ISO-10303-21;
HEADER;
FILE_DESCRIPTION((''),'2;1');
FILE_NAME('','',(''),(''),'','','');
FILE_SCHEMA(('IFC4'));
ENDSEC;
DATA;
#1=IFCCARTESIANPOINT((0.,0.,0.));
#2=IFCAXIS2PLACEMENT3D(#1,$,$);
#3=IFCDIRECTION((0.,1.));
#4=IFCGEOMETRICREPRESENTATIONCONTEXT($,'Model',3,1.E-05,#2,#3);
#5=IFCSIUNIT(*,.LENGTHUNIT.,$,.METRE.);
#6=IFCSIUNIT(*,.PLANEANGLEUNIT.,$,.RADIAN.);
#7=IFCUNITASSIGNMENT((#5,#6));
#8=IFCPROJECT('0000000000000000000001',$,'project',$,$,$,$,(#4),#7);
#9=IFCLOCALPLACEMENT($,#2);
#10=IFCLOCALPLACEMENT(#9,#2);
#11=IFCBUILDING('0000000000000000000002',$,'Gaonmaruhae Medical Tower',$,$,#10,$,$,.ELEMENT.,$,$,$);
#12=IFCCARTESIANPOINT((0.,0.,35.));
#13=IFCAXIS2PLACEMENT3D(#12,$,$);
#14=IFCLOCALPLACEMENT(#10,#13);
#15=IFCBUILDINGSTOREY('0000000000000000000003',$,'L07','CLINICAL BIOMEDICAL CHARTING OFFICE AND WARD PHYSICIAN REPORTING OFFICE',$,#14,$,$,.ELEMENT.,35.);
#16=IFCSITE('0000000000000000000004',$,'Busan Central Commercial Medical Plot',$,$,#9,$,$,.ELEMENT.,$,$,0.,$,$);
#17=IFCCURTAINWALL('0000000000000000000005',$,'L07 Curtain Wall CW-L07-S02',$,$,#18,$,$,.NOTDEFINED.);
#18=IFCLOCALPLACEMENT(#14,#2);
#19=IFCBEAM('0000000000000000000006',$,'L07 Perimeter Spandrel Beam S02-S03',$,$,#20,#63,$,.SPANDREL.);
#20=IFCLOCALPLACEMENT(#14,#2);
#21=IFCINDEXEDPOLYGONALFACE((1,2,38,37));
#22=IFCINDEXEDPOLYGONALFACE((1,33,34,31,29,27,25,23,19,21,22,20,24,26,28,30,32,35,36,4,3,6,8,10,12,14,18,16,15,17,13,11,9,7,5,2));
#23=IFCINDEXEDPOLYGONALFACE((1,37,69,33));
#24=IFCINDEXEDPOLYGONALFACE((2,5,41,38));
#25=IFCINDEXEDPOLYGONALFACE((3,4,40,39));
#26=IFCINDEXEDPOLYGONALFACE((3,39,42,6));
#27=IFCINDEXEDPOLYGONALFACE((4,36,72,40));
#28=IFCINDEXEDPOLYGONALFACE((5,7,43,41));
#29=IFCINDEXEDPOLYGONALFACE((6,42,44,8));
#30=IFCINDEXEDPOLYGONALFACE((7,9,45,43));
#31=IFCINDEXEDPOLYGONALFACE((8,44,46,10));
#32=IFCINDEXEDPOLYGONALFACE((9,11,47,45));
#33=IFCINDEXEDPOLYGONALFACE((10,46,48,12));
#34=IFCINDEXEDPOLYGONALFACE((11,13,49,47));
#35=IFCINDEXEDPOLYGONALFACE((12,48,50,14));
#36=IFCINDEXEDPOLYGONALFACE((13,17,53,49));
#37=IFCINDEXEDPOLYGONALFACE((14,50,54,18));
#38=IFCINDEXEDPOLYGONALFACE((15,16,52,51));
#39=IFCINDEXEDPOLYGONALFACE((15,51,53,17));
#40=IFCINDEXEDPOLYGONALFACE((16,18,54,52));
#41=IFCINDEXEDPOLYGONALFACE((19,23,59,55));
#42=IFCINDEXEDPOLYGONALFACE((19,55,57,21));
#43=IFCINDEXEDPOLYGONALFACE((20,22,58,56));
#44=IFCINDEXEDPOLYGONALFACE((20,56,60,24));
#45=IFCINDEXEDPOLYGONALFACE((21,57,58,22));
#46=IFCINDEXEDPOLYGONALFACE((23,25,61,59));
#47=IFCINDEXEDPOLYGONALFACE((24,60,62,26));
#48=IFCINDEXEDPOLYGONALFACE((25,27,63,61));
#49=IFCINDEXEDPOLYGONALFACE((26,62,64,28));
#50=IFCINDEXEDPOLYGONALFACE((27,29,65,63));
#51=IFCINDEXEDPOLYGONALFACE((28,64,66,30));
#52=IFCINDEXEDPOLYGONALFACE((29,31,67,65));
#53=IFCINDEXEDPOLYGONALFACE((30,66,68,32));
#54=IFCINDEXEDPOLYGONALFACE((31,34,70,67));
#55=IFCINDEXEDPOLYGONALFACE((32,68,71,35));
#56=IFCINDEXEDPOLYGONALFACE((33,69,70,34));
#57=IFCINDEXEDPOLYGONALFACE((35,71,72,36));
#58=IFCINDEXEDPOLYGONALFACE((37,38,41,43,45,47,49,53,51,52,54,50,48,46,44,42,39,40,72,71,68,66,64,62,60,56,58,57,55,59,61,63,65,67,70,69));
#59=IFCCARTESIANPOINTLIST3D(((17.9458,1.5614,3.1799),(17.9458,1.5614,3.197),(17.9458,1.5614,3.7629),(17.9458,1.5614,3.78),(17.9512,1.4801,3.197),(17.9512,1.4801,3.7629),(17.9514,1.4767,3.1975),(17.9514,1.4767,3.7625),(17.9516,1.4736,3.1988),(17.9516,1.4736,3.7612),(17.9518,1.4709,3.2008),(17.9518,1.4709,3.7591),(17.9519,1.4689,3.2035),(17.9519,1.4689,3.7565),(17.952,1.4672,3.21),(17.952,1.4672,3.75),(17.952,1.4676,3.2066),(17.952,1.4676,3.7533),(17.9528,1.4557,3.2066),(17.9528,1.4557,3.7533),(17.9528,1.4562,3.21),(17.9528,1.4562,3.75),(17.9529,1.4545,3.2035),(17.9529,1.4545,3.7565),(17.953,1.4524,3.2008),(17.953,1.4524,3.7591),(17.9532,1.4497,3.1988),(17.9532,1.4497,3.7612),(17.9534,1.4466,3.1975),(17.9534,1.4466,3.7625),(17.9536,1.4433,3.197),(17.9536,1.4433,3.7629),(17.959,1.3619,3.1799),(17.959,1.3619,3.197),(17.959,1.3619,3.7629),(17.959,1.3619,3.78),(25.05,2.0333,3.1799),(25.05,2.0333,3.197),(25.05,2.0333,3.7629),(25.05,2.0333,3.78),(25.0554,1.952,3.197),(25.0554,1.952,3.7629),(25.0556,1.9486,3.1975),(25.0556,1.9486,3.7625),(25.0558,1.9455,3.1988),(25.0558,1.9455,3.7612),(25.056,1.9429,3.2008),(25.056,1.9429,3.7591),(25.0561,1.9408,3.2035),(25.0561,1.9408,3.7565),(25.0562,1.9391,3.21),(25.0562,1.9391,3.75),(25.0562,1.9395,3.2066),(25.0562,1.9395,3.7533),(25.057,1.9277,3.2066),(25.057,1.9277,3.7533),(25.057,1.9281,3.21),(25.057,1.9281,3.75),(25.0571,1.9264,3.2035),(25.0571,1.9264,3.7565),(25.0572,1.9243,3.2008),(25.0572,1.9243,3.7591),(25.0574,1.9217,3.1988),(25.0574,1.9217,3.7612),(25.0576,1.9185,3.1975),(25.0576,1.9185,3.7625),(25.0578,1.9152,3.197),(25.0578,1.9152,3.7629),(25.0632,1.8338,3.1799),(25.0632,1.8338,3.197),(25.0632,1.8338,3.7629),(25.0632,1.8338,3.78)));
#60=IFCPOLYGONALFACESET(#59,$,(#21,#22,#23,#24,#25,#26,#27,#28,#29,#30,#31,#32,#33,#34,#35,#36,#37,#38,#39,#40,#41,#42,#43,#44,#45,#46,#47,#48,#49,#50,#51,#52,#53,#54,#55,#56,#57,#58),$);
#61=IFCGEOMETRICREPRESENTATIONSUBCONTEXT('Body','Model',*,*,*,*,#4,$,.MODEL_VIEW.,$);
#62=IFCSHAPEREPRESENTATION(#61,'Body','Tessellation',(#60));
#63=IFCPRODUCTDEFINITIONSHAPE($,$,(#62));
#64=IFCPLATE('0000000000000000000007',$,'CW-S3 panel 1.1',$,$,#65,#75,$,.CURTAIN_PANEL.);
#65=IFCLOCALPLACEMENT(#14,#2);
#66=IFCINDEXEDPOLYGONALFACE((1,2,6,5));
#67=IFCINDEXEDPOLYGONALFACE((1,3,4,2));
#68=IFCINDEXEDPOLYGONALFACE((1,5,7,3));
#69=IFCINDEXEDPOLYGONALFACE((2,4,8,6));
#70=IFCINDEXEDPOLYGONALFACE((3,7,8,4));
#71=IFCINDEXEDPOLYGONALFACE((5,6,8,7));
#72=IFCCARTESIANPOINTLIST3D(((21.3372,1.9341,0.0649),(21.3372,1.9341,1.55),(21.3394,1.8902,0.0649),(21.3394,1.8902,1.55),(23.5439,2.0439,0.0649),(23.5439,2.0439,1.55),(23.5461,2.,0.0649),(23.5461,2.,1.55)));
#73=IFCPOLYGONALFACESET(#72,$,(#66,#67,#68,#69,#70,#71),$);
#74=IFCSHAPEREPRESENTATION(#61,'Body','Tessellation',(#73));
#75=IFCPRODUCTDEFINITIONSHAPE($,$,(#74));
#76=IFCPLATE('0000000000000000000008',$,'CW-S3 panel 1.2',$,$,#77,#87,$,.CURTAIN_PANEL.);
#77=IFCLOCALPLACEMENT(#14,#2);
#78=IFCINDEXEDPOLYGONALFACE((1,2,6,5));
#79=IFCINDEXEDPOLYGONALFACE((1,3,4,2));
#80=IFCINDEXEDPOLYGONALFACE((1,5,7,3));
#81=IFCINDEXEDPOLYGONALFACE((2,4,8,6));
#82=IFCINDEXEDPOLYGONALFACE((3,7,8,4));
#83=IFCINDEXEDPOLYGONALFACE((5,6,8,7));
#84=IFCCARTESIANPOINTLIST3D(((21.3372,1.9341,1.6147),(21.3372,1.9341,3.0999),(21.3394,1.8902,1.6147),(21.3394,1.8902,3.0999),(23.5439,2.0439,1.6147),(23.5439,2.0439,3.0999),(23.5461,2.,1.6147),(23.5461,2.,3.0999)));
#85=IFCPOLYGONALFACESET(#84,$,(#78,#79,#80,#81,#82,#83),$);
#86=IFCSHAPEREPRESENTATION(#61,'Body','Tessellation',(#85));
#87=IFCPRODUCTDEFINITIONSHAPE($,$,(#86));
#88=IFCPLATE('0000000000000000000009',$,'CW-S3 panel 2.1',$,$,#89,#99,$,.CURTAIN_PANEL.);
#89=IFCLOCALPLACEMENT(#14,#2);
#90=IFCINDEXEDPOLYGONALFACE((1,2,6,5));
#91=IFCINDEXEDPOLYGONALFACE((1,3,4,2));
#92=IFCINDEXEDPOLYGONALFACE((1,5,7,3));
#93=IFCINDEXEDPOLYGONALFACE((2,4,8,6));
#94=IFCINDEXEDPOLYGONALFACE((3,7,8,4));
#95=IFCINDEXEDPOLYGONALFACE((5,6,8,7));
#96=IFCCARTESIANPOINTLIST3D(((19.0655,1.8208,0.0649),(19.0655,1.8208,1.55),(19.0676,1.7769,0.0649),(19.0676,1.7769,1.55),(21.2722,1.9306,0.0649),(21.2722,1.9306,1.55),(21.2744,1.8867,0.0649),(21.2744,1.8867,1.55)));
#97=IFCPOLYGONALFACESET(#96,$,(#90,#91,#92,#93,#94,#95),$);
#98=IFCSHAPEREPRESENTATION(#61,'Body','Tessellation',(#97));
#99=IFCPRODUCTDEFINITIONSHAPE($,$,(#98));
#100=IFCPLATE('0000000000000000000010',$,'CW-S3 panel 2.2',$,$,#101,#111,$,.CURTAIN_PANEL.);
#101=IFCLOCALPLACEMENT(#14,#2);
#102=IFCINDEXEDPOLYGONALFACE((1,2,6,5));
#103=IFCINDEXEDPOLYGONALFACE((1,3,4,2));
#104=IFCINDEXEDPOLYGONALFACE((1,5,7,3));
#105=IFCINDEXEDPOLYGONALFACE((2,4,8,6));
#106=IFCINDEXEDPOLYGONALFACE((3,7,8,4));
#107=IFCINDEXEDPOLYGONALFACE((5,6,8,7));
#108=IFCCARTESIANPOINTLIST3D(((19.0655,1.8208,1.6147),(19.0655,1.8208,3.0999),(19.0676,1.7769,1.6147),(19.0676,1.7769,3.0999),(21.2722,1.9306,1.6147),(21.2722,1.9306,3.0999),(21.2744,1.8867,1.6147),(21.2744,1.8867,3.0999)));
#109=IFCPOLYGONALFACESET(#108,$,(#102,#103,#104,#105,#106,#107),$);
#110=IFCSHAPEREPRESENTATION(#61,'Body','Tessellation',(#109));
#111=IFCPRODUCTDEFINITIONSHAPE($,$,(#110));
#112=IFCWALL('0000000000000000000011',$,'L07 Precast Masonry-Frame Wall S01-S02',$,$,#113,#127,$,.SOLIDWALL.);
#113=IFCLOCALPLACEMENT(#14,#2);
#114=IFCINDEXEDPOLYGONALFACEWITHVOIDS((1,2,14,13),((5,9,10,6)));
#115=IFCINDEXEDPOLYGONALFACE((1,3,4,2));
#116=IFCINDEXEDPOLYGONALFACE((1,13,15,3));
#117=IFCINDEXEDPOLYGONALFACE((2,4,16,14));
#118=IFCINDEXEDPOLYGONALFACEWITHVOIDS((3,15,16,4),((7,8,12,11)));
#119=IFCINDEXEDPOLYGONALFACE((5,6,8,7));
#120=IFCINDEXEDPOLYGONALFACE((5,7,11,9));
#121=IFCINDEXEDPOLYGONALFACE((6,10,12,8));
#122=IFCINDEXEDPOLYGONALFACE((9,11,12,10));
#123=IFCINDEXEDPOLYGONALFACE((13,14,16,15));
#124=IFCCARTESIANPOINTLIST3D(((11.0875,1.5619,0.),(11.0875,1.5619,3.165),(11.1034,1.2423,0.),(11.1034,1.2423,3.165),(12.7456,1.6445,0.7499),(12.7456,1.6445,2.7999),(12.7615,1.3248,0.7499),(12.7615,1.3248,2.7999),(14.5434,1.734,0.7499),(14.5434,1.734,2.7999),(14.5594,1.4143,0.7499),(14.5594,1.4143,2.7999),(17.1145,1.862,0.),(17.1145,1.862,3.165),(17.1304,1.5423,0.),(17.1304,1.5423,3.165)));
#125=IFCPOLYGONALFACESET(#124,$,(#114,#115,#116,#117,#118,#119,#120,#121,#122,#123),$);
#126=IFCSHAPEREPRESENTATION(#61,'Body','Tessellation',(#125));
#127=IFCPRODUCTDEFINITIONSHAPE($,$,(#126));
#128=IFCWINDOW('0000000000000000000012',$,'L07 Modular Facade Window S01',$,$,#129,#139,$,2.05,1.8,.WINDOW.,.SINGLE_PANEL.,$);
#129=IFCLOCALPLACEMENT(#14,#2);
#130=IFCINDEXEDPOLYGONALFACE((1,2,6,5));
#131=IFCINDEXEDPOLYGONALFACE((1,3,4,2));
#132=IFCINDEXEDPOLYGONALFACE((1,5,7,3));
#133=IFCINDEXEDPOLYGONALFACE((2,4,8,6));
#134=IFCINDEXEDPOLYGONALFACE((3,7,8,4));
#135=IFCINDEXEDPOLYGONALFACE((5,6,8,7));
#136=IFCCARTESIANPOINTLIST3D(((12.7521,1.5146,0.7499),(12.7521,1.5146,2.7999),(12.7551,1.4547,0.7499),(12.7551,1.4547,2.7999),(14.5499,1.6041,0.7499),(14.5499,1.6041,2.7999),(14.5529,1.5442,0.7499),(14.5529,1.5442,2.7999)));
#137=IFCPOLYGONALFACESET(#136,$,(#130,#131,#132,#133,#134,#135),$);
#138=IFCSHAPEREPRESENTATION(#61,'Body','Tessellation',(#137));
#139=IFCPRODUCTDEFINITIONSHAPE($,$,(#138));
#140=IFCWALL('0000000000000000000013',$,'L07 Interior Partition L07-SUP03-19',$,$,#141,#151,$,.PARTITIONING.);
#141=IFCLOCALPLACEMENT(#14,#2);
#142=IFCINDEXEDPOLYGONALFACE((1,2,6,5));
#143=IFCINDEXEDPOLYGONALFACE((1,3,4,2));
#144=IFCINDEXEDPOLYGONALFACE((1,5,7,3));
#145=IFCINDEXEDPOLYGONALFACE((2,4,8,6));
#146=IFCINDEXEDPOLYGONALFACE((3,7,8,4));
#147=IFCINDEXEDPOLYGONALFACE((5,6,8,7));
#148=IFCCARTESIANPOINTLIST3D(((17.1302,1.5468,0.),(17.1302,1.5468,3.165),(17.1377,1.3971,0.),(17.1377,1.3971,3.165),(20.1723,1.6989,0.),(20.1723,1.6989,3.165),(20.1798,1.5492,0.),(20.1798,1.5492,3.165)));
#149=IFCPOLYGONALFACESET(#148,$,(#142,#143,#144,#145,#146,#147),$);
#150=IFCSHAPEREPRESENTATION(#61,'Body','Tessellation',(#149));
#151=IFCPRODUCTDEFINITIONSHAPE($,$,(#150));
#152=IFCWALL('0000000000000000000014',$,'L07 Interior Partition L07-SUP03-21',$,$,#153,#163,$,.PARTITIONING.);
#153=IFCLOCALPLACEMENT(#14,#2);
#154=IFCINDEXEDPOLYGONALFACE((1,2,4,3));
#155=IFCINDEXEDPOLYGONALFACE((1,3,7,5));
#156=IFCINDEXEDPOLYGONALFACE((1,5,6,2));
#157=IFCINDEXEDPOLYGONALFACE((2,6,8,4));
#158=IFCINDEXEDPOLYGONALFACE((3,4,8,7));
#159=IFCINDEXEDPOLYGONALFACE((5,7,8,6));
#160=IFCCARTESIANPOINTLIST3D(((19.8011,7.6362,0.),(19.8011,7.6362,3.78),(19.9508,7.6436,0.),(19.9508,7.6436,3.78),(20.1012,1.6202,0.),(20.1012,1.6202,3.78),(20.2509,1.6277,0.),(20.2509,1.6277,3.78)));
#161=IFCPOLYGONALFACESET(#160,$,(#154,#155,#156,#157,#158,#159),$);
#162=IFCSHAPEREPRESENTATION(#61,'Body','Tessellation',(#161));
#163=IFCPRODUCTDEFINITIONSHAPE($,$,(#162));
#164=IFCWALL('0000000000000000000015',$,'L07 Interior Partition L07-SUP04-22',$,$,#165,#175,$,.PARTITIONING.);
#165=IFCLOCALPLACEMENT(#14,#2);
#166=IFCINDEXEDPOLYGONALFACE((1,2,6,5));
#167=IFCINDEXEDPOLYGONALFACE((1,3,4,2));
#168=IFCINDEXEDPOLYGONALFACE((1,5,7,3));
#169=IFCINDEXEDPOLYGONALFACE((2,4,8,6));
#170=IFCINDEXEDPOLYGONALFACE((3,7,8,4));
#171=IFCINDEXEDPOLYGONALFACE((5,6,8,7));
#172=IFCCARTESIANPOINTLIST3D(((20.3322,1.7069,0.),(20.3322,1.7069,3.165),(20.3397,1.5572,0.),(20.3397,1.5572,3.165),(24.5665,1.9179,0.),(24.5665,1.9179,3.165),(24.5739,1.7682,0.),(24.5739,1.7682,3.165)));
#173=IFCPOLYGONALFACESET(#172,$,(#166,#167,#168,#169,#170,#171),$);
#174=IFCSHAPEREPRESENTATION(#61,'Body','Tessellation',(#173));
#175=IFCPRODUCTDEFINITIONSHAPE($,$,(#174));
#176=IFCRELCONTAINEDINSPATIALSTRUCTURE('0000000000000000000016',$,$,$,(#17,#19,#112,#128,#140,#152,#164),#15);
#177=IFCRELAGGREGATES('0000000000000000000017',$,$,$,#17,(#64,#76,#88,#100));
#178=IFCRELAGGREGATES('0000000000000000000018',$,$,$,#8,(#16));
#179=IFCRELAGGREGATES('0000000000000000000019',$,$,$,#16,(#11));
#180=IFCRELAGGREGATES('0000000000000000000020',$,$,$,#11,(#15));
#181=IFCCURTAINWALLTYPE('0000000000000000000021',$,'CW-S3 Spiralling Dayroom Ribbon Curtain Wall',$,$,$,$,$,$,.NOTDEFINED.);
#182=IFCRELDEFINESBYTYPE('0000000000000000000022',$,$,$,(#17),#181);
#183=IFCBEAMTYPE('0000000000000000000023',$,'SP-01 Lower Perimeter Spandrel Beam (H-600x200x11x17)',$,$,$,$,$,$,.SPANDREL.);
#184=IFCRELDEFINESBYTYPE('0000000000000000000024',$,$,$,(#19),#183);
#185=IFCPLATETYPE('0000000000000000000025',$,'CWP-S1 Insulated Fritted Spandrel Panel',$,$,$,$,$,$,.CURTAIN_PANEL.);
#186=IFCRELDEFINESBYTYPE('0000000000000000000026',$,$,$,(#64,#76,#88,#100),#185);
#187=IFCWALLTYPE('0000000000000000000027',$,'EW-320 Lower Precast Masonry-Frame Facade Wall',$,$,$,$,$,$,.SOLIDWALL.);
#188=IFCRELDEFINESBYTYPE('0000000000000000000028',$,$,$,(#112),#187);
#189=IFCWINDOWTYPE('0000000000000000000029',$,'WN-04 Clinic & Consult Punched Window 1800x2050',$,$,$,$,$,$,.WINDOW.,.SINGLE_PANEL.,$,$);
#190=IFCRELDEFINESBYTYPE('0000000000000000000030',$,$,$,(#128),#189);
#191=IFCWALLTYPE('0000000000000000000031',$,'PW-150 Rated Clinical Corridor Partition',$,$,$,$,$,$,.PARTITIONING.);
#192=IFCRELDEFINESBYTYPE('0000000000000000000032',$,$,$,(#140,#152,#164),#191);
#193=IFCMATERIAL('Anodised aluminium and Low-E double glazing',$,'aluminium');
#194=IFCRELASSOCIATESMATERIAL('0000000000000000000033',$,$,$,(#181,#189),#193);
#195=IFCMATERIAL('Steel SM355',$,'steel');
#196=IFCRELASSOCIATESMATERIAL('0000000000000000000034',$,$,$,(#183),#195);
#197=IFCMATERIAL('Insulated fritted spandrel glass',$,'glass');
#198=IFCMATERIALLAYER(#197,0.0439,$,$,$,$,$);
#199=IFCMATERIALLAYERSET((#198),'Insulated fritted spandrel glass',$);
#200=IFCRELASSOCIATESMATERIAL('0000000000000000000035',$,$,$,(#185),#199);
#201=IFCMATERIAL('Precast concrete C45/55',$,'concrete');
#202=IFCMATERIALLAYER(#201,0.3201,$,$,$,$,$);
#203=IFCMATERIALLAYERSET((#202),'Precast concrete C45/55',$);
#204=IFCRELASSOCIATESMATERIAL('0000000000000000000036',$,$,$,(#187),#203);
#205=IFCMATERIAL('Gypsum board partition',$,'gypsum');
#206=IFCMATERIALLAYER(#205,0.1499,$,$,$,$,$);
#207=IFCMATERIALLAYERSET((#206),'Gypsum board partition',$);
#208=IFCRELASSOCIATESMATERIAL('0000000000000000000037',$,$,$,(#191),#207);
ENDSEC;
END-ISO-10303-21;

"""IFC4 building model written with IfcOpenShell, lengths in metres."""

from ifc_helpers import new_model, si_unit, direction, frame, frame_2d, origin, origin_2d, place, context, subcontext, project, spatial, rectangle, i_section, extrude, material, layer, layer_set, material_profile, profile_set, type_object, element, fill, aggregate, save


model = new_model("IFC4")

# Units and contexts
model_context = context("Model", 3, precision=1e-05, world=origin(), true_north=direction((0.0, 1.0)))
body_context = subcontext(model_context, "Body", "Model", "MODEL_VIEW")
ifc_project = project(units=[si_unit("LENGTHUNIT", "METRE"), si_unit("PLANEANGLEUNIT", "RADIAN")], contexts=[model_context])

# Site, building, storey
site_placement = place(None, origin())
site = spatial("IfcSite", under=ifc_project, at=site_placement, Name="Busan Central Commercial Medical Plot", CompositionType="ELEMENT", RefElevation=0.0)
building_placement = place(site_placement, origin())
building = spatial("IfcBuilding", under=site, at=building_placement, Name="Gaonmaruhae Medical Tower", CompositionType="ELEMENT")
storey_placement = place(building_placement, frame((0.0, 0.0, 35.0)))
storey = spatial("IfcBuildingStorey", under=building, at=storey_placement, Name="L07", Description="CLINICAL BIOMEDICAL CHARTING OFFICE AND WARD PHYSICIAN REPORTING OFFICE", CompositionType="ELEMENT", Elevation=35.0)

# Curtain wall
ifc_material_1 = material(Name="Anodised aluminium and Low-E double glazing", Category="aluminium")
curtain_wall_type = type_object("IfcCurtainWallType", Name="CW-S3 Spiralling Dayroom Ribbon Curtain Wall", PredefinedType="NOTDEFINED", material=ifc_material_1)
curtain_wall_placement = place(storey_placement, origin())
curtain_wall = element("IfcCurtainWall", 1, at=curtain_wall_placement, inside=storey, type_object=curtain_wall_type, Name="L07 Curtain Wall CW-L07-S02", PredefinedType="NOTDEFINED")

# Beam
ifc_material_2 = material(Name="Steel SM355", Category="steel")
ifc_material_profile_1 = material_profile(ifc_material_2, i_section(OverallWidth=0.2, OverallDepth=0.6001, WebThickness=0.011, FlangeThickness=0.0171, FilletRadius=0.0129, at=origin_2d()), Name="H-600x200x11x17")
ifc_profile_set_1 = profile_set([ifc_material_profile_1], Name="Steel SM355")
beam_type = type_object("IfcBeamType", Name="SP-01 Lower Perimeter Spandrel Beam (H-600x200x11x17)", PredefinedType="SPANDREL", material=ifc_profile_set_1)
beam_placement = place(storey_placement, frame((17.9524, 1.4617, 3.48), z_axis=(0.997801, 0.066282, 0.0), x_axis=(-0.066282, 0.997801, 0.0)))
element("IfcBeam", 2, at=beam_placement, inside=storey, type_object=beam_type, Name="L07 Perimeter Spandrel Beam S02-S03", PredefinedType="SPANDREL", context=body_context, shape_type="SweptSolid", body=[
    extrude(i_section(OverallWidth=0.2, OverallDepth=0.6001, WebThickness=0.011, FlangeThickness=0.0171, FilletRadius=0.0129, at=origin_2d()), origin(), (0.0, 0.0, 1.0), 7.1199),
])

# Plates
ifc_material_3 = material(Name="Insulated fritted spandrel glass", Category="glass")
ifc_layer_1 = layer(ifc_material_3, 0.0439)
ifc_layer_set_1 = layer_set([ifc_layer_1], Name="Insulated fritted spandrel glass")
plate_type = type_object("IfcPlateType", Name="CWP-S1 Insulated Fritted Spandrel Panel", PredefinedType="CURTAIN_PANEL", material=ifc_layer_set_1)
plate_1_placement = place(storey_placement, frame((22.4417, 1.967, 0.0649), z_axis=(0.0, 0.0, 1.0), x_axis=(-0.998763, -0.049718, 0.0)))
plate_1 = element("IfcPlate", 3, at=plate_1_placement, type_object=plate_type, Name="CW-S3 panel 1.1", PredefinedType="CURTAIN_PANEL", context=body_context, shape_type="SweptSolid", body=[
    extrude(rectangle(XDim=2.2095, YDim=0.0439, at=origin_2d()), origin(), (0.0, 0.0, 1.0), 1.4851),
])
plate_2_placement = place(storey_placement, frame((22.4417, 1.967, 1.6147), z_axis=(0.0, 0.0, 1.0), x_axis=(-0.998763, -0.049718, 0.0)))
plate_2 = element("IfcPlate", 4, at=plate_2_placement, type_object=plate_type, Name="CW-S3 panel 1.2", PredefinedType="CURTAIN_PANEL", context=body_context, shape_type="SweptSolid", body=[
    extrude(rectangle(XDim=2.2095, YDim=0.0439, at=origin_2d()), origin(), (0.0, 0.0, 1.0), 1.4851),
])
plate_3_placement = place(storey_placement, frame((20.1699, 1.8538, 0.0649), z_axis=(0.0, 0.0, 1.0), x_axis=(-0.998763, -0.049718, 0.0)))
plate_3 = element("IfcPlate", 5, at=plate_3_placement, type_object=plate_type, Name="CW-S3 panel 2.1", PredefinedType="CURTAIN_PANEL", context=body_context, shape_type="SweptSolid", body=[
    extrude(rectangle(XDim=2.2095, YDim=0.0439, at=origin_2d()), origin(), (0.0, 0.0, 1.0), 1.4851),
])
plate_4_placement = place(storey_placement, frame((20.1699, 1.8538, 1.6147), z_axis=(0.0, 0.0, 1.0), x_axis=(-0.998763, -0.049718, 0.0)))
plate_4 = element("IfcPlate", 6, at=plate_4_placement, type_object=plate_type, Name="CW-S3 panel 2.2", PredefinedType="CURTAIN_PANEL", context=body_context, shape_type="SweptSolid", body=[
    extrude(rectangle(XDim=2.2095, YDim=0.0439, at=origin_2d()), origin(), (0.0, 0.0, 1.0), 1.4851),
])
aggregate(curtain_wall, [plate_1, plate_2, plate_3, plate_4])

# Wall, opening, window
ifc_material_4 = material(Name="Precast concrete C45/55", Category="concrete")
ifc_layer_2 = layer(ifc_material_4, 0.3201)
ifc_layer_set_2 = layer_set([ifc_layer_2], Name="Precast concrete C45/55")
wall_type_1 = type_object("IfcWallType", Name="EW-320 Lower Precast Masonry-Frame Facade Wall", PredefinedType="SOLIDWALL", material=ifc_layer_set_2)
wall_1_placement = place(storey_placement, frame((17.1223, 1.7021, 0.0), z_axis=(0.0, 0.0, 1.0), x_axis=(-0.998763, -0.049724, 0.0)))
wall_1 = element("IfcWall", 7, at=wall_1_placement, inside=storey, type_object=wall_type_1, Name="L07 Precast Masonry-Frame Wall S01-S02", PredefinedType="SOLIDWALL", context=body_context, shape_type="SweptSolid", body=[
    extrude(rectangle(XDim=6.0344, YDim=0.3201, at=frame_2d((3.0171, 0.0))), origin(), (0.0, 0.0, 1.0), 3.165),
])
opening_placement = place(wall_1_placement, frame((2.5742, 0.0, 0.75)))
opening = element("IfcOpeningElement", 8, at=opening_placement, cuts=wall_1, PredefinedType="OPENING", context=body_context, shape_type="SweptSolid", body=[
    extrude(rectangle(XDim=1.8, YDim=2.05, at=frame_2d((0.8999, 1.0249))), frame((0.0, 0.1699, 0.0), z_axis=(0.0, -1.0, 0.0), x_axis=(1.0, 0.0, 0.0)), (0.0, 0.0, 1.0), 0.3401),
])
window_type = type_object("IfcWindowType", Name="WN-04 Clinic & Consult Punched Window 1800x2050", PartitioningType="SINGLE_PANEL", PredefinedType="WINDOW", material=ifc_material_1)
window_placement = place(opening_placement, origin())
window = element("IfcWindow", 9, at=window_placement, inside=storey, type_object=window_type, Name="L07 Modular Facade Window S01", OverallHeight=2.05, OverallWidth=1.8, PartitioningType="SINGLE_PANEL", PredefinedType="WINDOW", context=body_context, shape_type="SweptSolid", body=[
    extrude(rectangle(XDim=1.8, YDim=2.05, at=frame_2d((0.8999, 1.0249))), frame((0.0, 0.03, 0.0), z_axis=(0.0, -1.0, 0.0), x_axis=(1.0, 0.0, 0.0)), (0.0, 0.0, 1.0), 0.0601),
])
fill(opening, window)

# Walls
ifc_material_5 = material(Name="Gypsum board partition", Category="gypsum")
ifc_layer_3 = layer(ifc_material_5, 0.1499)
ifc_layer_set_3 = layer_set([ifc_layer_3], Name="Gypsum board partition")
wall_type_2 = type_object("IfcWallType", Name="PW-150 Rated Clinical Corridor Partition", PredefinedType="PARTITIONING", material=ifc_layer_set_3)
wall_2_placement = place(storey_placement, frame((20.176, 1.624, 0.0), z_axis=(0.0, 0.0, 1.0), x_axis=(-0.998752, -0.049938, 0.0)))
element("IfcWall", 10, at=wall_2_placement, inside=storey, type_object=wall_type_2, Name="L07 Interior Partition L07-SUP03-19", PredefinedType="PARTITIONING", context=body_context, shape_type="SweptSolid", body=[
    extrude(rectangle(XDim=3.0459, YDim=0.1499, at=frame_2d((1.5229, 0.0))), origin(), (0.0, 0.0, 1.0), 3.165),
])
wall_3_placement = place(storey_placement, frame((19.876, 7.6399, 0.0), z_axis=(0.0, 0.0, 1.0), x_axis=(0.049814, -0.998758, 0.0)))
element("IfcWall", 11, at=wall_3_placement, inside=storey, type_object=wall_type_2, Name="L07 Interior Partition L07-SUP03-21", PredefinedType="PARTITIONING", context=body_context, shape_type="SweptSolid", body=[
    extrude(rectangle(XDim=6.0234, YDim=0.1499, at=frame_2d((3.0117, 0.0))), origin(), (0.0, 0.0, 1.0), 3.78),
])
wall_4_placement = place(storey_placement, frame((24.5701, 1.843, 0.0), z_axis=(0.0, 0.0, 1.0), x_axis=(-0.998761, -0.049757, 0.0)))
element("IfcWall", 12, at=wall_4_placement, inside=storey, type_object=wall_type_2, Name="L07 Interior Partition L07-SUP04-22", PredefinedType="PARTITIONING", context=body_context, shape_type="SweptSolid", body=[
    extrude(rectangle(XDim=4.2395, YDim=0.1499, at=frame_2d((2.1196, 0.0))), origin(), (0.0, 0.0, 1.0), 3.165),
])

save(model, "model.ifc")
